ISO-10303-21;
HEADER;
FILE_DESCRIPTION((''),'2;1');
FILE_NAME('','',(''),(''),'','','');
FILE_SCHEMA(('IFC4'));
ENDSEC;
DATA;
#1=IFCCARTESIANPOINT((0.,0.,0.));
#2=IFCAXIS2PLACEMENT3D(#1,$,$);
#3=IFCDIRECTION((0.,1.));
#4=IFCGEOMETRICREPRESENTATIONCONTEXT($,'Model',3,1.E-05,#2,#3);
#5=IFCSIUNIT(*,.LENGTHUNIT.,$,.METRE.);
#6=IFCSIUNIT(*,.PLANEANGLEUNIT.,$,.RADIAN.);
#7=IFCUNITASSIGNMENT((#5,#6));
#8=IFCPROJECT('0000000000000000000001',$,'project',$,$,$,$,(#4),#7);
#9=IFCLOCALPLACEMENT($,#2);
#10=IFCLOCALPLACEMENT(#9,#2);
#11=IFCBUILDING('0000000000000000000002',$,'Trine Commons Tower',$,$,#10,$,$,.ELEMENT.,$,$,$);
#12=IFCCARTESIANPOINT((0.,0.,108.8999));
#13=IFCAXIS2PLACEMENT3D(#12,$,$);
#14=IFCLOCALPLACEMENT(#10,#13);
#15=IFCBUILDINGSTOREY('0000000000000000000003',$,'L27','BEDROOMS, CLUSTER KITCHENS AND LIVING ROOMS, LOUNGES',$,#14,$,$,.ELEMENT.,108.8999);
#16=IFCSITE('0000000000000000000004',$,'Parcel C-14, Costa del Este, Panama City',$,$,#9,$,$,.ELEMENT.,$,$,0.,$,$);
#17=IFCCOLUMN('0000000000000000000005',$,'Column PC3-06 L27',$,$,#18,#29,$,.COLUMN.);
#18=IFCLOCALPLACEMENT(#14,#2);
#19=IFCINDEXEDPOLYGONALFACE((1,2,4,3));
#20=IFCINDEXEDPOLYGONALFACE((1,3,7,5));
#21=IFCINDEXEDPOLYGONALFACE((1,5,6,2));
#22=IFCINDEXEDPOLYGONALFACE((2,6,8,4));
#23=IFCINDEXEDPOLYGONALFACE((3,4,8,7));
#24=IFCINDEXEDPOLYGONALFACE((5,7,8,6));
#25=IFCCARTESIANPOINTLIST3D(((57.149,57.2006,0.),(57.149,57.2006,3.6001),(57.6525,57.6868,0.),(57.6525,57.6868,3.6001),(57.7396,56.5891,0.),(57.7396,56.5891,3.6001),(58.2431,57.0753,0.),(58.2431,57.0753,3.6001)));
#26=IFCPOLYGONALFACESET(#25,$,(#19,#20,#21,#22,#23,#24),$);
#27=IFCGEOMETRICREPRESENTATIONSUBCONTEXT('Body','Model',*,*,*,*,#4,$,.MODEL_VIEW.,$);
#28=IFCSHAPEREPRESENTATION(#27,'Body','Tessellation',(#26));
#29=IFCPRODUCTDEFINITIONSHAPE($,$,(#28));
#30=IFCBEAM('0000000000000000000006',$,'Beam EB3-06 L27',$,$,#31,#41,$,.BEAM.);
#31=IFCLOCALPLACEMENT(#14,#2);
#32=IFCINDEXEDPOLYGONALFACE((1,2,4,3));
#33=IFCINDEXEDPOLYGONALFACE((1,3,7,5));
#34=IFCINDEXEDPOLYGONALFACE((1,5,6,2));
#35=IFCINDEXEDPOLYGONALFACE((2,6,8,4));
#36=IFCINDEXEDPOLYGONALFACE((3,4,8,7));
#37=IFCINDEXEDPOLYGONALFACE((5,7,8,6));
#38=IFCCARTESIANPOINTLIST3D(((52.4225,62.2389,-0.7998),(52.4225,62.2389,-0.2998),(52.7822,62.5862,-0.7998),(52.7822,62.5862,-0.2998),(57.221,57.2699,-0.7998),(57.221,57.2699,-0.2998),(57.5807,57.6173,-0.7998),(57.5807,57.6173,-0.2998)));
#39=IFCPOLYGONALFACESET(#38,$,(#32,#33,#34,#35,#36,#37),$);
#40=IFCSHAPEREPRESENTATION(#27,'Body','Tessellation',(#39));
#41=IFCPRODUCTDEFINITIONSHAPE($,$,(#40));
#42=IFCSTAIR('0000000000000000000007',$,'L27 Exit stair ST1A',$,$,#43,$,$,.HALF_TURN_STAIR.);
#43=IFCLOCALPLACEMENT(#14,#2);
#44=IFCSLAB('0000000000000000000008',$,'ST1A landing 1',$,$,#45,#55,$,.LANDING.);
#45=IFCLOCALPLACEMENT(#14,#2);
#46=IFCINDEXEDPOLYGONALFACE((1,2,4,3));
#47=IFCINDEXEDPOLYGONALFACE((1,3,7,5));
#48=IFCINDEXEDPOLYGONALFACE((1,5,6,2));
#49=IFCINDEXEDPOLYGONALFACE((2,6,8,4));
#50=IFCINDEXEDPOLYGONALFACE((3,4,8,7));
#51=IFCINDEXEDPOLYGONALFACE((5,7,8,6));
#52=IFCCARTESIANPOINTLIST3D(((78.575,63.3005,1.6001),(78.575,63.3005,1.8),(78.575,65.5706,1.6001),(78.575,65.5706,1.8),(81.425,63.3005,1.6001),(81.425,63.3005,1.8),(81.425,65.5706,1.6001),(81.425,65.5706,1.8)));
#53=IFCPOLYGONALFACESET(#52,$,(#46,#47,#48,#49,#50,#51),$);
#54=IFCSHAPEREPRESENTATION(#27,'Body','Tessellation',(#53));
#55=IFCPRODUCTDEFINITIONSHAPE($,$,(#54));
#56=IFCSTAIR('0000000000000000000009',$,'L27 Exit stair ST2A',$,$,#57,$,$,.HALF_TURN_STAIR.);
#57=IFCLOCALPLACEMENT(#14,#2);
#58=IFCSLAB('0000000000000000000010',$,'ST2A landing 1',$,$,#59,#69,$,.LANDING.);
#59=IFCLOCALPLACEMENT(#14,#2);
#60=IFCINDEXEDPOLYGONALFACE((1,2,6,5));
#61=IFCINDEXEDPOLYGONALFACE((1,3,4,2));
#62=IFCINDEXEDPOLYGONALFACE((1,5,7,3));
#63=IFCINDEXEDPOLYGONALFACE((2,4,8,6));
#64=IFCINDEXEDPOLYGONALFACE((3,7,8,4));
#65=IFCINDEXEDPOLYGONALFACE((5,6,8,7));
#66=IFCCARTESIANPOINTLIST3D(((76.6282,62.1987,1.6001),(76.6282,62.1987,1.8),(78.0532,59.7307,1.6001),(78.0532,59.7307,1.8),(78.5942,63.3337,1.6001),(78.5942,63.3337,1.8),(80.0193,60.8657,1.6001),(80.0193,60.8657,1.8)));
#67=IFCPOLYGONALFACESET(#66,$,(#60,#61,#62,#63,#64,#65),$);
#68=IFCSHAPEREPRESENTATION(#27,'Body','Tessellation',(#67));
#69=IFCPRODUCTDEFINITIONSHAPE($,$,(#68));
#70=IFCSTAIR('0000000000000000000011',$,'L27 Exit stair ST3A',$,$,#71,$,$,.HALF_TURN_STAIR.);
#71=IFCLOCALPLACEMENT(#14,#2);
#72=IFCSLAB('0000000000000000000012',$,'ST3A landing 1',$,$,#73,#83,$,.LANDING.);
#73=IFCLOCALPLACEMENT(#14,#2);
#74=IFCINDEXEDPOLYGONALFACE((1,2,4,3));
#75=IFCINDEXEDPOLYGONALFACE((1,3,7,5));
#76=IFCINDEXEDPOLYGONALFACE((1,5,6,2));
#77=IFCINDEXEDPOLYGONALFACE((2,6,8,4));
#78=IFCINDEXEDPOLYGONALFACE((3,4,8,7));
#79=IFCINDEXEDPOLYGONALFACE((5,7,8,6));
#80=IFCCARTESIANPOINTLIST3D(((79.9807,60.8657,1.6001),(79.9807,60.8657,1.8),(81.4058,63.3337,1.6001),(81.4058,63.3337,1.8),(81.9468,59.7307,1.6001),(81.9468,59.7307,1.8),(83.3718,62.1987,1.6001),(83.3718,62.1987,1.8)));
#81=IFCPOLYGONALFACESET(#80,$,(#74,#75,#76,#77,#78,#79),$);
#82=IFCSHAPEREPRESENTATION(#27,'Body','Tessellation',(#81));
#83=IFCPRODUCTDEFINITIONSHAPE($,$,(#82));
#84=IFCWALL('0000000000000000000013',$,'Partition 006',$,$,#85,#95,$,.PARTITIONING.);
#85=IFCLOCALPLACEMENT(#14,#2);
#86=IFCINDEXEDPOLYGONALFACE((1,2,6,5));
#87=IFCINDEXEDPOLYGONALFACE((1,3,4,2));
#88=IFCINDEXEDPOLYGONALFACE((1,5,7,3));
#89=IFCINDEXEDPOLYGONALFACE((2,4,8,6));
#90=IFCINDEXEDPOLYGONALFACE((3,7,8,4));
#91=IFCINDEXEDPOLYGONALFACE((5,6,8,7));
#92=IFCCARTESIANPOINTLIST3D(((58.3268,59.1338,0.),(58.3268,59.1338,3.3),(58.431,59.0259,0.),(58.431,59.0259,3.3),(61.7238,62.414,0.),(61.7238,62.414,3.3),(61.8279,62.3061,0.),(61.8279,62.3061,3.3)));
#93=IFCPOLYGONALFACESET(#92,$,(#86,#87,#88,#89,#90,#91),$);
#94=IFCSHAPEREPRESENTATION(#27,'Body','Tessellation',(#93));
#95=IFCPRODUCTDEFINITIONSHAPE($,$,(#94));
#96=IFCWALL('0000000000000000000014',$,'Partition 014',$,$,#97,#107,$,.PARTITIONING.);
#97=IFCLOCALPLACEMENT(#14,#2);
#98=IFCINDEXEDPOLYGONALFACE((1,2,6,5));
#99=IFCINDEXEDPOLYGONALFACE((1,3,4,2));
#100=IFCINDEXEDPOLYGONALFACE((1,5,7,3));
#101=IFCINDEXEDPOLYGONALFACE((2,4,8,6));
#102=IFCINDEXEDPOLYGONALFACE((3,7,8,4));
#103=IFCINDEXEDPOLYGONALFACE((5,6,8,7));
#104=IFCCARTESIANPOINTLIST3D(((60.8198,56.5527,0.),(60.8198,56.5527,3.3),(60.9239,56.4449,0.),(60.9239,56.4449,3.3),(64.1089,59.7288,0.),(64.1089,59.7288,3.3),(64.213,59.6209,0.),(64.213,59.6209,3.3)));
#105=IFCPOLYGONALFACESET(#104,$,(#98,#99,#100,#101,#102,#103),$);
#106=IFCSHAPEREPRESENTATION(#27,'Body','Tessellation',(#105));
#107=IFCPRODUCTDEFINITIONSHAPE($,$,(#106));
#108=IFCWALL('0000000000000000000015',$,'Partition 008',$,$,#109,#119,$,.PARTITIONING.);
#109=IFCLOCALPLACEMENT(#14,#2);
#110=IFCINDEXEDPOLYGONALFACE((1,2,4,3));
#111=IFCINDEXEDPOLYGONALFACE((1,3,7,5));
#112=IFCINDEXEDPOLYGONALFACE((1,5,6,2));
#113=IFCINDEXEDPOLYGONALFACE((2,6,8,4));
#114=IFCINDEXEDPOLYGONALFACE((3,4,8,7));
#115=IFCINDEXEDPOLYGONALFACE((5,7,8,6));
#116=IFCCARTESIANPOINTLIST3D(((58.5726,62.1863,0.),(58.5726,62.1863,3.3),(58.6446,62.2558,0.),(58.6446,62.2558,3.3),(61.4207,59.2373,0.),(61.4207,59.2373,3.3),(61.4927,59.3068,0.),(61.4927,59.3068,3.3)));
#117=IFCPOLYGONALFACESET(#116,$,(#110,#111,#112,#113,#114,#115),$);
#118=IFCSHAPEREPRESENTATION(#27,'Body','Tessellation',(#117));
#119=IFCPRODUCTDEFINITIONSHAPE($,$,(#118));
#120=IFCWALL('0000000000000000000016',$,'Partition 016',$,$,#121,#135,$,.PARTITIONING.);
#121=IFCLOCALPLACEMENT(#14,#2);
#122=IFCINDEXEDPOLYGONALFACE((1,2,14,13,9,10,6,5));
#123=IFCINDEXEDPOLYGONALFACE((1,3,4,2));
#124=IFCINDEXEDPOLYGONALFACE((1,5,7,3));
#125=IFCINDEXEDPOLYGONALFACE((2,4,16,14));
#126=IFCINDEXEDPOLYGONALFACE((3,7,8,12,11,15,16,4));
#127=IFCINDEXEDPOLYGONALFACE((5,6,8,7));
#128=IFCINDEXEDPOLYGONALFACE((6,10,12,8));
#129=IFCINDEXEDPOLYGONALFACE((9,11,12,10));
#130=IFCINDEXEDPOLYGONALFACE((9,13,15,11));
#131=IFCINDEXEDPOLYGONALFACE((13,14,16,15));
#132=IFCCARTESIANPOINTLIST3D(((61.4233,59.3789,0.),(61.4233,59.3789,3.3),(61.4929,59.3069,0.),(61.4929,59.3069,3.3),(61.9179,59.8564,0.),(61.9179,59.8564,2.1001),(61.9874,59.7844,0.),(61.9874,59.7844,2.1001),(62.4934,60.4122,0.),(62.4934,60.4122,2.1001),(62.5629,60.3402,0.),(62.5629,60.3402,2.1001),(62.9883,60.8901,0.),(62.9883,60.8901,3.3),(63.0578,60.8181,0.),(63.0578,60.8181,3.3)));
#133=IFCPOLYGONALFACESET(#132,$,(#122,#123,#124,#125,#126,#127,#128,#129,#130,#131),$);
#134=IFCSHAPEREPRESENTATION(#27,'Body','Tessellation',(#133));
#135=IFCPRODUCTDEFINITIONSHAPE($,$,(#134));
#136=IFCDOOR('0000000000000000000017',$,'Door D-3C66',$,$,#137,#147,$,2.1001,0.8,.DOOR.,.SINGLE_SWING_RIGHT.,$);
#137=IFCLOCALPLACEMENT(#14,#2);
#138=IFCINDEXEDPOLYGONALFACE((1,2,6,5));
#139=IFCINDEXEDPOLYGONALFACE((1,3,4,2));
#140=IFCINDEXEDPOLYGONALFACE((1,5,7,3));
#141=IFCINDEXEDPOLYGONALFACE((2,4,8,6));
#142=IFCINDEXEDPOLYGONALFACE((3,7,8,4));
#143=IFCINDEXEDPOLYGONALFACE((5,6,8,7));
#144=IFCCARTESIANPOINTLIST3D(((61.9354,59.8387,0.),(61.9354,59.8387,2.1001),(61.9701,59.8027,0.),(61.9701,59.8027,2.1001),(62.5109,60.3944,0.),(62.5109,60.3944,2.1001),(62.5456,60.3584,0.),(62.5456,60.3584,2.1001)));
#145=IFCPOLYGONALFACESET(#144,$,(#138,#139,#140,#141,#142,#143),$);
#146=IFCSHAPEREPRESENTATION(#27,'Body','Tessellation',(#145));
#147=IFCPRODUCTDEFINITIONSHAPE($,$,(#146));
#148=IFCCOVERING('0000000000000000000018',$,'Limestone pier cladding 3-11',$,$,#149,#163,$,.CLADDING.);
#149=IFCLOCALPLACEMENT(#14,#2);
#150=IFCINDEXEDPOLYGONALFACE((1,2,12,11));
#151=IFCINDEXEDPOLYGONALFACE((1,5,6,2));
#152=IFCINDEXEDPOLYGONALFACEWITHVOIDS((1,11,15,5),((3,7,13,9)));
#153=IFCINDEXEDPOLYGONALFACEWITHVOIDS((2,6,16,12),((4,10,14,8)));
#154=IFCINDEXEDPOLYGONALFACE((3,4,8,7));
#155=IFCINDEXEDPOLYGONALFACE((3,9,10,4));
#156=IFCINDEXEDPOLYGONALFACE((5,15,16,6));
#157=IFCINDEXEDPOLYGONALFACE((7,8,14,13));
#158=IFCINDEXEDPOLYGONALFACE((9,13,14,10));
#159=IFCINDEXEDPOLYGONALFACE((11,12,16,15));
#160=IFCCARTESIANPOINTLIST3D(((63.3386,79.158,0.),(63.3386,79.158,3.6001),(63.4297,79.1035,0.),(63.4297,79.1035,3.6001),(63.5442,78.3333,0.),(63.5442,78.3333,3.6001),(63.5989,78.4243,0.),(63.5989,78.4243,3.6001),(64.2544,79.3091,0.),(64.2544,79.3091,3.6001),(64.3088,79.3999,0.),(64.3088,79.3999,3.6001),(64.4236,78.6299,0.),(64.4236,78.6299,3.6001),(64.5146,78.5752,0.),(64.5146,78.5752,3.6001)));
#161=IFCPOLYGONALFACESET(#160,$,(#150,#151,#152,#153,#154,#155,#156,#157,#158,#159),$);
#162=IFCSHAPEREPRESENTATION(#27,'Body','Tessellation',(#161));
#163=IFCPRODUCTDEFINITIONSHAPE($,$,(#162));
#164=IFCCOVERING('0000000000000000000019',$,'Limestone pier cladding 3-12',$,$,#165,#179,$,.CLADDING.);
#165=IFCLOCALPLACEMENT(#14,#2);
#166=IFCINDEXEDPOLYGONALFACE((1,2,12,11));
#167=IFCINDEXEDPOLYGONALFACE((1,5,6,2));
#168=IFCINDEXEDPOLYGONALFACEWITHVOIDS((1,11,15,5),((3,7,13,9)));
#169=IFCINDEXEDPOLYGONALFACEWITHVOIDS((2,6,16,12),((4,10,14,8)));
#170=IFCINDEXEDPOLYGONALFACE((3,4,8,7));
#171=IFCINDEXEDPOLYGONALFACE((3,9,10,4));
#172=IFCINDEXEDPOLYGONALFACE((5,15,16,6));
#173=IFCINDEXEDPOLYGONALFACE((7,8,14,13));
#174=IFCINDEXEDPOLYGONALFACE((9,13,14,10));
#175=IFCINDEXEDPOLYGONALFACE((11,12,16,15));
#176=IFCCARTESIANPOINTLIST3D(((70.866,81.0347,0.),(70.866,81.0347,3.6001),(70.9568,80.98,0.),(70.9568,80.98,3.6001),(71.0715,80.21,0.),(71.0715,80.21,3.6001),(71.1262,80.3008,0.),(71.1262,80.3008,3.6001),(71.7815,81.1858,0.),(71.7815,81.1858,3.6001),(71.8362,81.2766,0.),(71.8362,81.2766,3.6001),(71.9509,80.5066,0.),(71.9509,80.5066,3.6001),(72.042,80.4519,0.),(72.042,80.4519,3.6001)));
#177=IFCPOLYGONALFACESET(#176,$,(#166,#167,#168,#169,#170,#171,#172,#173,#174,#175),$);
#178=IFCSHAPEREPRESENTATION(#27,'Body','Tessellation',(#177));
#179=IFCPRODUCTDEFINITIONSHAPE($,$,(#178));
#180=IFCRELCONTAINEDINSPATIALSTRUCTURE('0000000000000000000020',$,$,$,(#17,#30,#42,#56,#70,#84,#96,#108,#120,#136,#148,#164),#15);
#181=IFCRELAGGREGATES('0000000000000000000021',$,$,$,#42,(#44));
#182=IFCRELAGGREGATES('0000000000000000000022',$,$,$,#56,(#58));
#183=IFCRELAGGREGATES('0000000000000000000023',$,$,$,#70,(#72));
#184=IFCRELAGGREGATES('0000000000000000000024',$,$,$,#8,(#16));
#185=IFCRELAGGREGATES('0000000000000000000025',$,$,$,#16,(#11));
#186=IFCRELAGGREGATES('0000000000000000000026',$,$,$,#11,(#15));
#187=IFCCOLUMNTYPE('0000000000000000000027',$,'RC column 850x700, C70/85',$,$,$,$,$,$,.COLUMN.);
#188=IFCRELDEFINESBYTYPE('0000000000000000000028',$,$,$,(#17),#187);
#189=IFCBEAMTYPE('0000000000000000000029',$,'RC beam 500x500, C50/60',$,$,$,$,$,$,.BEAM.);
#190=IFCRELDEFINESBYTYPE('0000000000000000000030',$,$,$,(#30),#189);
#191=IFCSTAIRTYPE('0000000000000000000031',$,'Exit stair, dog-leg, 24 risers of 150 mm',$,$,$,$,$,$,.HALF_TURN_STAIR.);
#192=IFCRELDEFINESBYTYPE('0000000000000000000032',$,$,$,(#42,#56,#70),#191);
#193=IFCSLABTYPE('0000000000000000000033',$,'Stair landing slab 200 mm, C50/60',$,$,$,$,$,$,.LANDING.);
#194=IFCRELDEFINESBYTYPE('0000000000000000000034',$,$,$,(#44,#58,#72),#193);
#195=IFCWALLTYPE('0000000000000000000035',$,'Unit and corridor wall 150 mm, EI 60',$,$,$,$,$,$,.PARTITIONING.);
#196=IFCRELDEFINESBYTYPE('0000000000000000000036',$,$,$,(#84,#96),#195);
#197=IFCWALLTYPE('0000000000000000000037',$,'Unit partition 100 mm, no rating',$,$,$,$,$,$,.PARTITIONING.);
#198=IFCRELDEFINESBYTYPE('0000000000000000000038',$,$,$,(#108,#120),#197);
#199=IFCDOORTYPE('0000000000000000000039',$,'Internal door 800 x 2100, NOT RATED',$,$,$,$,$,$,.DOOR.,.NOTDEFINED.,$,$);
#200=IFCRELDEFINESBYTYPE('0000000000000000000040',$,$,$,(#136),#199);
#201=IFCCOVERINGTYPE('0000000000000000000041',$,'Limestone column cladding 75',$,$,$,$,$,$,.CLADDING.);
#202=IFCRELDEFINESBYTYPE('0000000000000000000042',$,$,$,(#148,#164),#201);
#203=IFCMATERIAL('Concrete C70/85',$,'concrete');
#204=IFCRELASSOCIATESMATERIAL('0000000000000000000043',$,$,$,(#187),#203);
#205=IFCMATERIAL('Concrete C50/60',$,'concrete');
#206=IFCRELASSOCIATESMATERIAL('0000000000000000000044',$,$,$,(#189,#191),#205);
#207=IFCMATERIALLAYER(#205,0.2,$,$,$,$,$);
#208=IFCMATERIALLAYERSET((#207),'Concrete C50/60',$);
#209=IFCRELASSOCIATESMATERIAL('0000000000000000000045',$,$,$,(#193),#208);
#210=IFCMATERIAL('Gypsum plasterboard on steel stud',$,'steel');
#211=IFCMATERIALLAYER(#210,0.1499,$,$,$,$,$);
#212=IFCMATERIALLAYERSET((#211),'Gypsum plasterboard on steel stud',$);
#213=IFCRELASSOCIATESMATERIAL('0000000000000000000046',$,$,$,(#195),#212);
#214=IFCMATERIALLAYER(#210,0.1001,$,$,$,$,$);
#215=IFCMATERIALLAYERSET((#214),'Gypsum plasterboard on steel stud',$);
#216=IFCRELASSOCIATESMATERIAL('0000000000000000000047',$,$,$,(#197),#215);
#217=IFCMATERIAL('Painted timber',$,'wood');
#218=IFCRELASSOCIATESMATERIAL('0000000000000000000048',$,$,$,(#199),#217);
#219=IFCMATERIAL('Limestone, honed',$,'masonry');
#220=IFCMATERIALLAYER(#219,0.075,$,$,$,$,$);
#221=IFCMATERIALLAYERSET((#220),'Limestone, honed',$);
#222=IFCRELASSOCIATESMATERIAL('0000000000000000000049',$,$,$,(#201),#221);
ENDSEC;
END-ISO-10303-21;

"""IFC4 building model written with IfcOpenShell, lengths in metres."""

from ifc_helpers import new_model, si_unit, direction, frame, frame_2d, origin, origin_2d, place, context, subcontext, project, spatial, polyline, rectangle, outline, extrude, material, layer, layer_set, material_profile, profile_set, type_object, element, fill, aggregate, save


model = new_model("IFC4")

# Units and contexts
model_context = context("Model", 3, precision=1e-05, world=origin(), true_north=direction((0.0, 1.0)))
body_context = subcontext(model_context, "Body", "Model", "MODEL_VIEW")
ifc_project = project(units=[si_unit("LENGTHUNIT", "METRE"), si_unit("PLANEANGLEUNIT", "RADIAN")], contexts=[model_context])

# Site, building, storey
site_placement = place(None, origin())
site = spatial("IfcSite", under=ifc_project, at=site_placement, Name="Parcel C-14, Costa del Este, Panama City", CompositionType="ELEMENT", RefElevation=0.0)
building_placement = place(site_placement, origin())
building = spatial("IfcBuilding", under=site, at=building_placement, Name="Trine Commons Tower", CompositionType="ELEMENT")
storey_placement = place(building_placement, frame((0.0, 0.0, 108.8999)))
storey = spatial("IfcBuildingStorey", under=building, at=storey_placement, Name="L27", Description="BEDROOMS, CLUSTER KITCHENS AND LIVING ROOMS, LOUNGES", CompositionType="ELEMENT", Elevation=108.8999)

# Column
ifc_material_1 = material(Name="Concrete C70/85", Category="concrete")
ifc_material_profile_1 = material_profile(ifc_material_1, rectangle(XDim=0.8501, YDim=0.7, at=origin_2d()), Name="RC 850x700")
ifc_profile_set_1 = profile_set([ifc_material_profile_1], Name="Concrete C70/85")
column_type = type_object("IfcColumnType", Name="RC column 850x700, C70/85", PredefinedType="COLUMN", material=ifc_profile_set_1)
column_placement = place(storey_placement, frame((57.696, 57.1379, 0.0), z_axis=(0.0, 0.0, 1.0), x_axis=(-0.694658, 0.71934, 0.0)))
element("IfcColumn", 1, at=column_placement, inside=storey, type_object=column_type, Name="Column PC3-06 L27", PredefinedType="COLUMN", context=body_context, shape_type="SweptSolid", body=[
    extrude(rectangle(XDim=0.8501, YDim=0.7, at=origin_2d()), origin(), (0.0, 0.0, 1.0), 3.6001),
])

# Beam
ifc_material_2 = material(Name="Concrete C50/60", Category="concrete")
ifc_material_profile_2 = material_profile(ifc_material_2, rectangle(XDim=0.5, YDim=0.5, at=origin_2d()), Name="RC 500x500")
ifc_profile_set_2 = profile_set([ifc_material_profile_2], Name="Concrete C50/60")
beam_type = type_object("IfcBeamType", Name="RC beam 500x500, C50/60", PredefinedType="BEAM", material=ifc_profile_set_2)
beam_placement = place(storey_placement, frame((57.4009, 57.4436, -0.5498), z_axis=(-0.694665, 0.719334, 0.0), x_axis=(-0.719334, -0.694665, 0.0)))
element("IfcBeam", 2, at=beam_placement, inside=storey, type_object=beam_type, Name="Beam EB3-06 L27", PredefinedType="BEAM", context=body_context, shape_type="SweptSolid", body=[
    extrude(rectangle(XDim=0.5, YDim=0.5, at=origin_2d()), origin(), (0.0, 0.0, 1.0), 6.9077),
])

# Stairs, slabs
stair_type = type_object("IfcStairType", Name="Exit stair, dog-leg, 24 risers of 150 mm", PredefinedType="HALF_TURN_STAIR", material=ifc_material_2)
stair_1_placement = place(storey_placement, origin())
stair_1 = element("IfcStair", 3, at=stair_1_placement, inside=storey, type_object=stair_type, Name="L27 Exit stair ST1A", PredefinedType="HALF_TURN_STAIR")
ifc_layer_1 = layer(ifc_material_2, 0.2)
ifc_layer_set_1 = layer_set([ifc_layer_1], Name="Concrete C50/60")
slab_type = type_object("IfcSlabType", Name="Stair landing slab 200 mm, C50/60", PredefinedType="LANDING", material=ifc_layer_set_1)
slab_1_placement = place(storey_placement, frame((0.0, 0.0, 1.6001)))
slab_1 = element("IfcSlab", 4, at=slab_1_placement, type_object=slab_type, Name="ST1A landing 1", PredefinedType="LANDING", context=body_context, shape_type="SweptSolid", body=[
    extrude(outline(polyline([(78.575, 65.5706), (78.575, 63.3005), (81.425, 63.3005), (81.425, 65.5706), (78.575, 65.5706)])), origin(), (0.0, 0.0, 1.0), 0.2),
])
aggregate(stair_1, [slab_1])
stair_2_placement = place(storey_placement, origin())
stair_2 = element("IfcStair", 5, at=stair_2_placement, inside=storey, type_object=stair_type, Name="L27 Exit stair ST2A", PredefinedType="HALF_TURN_STAIR")
slab_2_placement = place(storey_placement, frame((0.0, 0.0, 1.6001)))
slab_2 = element("IfcSlab", 6, at=slab_2_placement, type_object=slab_type, Name="ST2A landing 1", PredefinedType="LANDING", context=body_context, shape_type="SweptSolid", body=[
    extrude(outline(polyline([(78.0532, 59.7307), (80.0193, 60.8657), (78.5942, 63.3337), (76.6282, 62.1987), (78.0532, 59.7307)])), origin(), (0.0, 0.0, 1.0), 0.2),
])
aggregate(stair_2, [slab_2])
stair_3_placement = place(storey_placement, origin())
stair_3 = element("IfcStair", 7, at=stair_3_placement, inside=storey, type_object=stair_type, Name="L27 Exit stair ST3A", PredefinedType="HALF_TURN_STAIR")
slab_3_placement = place(storey_placement, frame((0.0, 0.0, 1.6001)))
slab_3 = element("IfcSlab", 8, at=slab_3_placement, type_object=slab_type, Name="ST3A landing 1", PredefinedType="LANDING", context=body_context, shape_type="SweptSolid", body=[
    extrude(outline(polyline([(83.3718, 62.1987), (81.4058, 63.3337), (79.9807, 60.8657), (81.9468, 59.7307), (83.3718, 62.1987)])), origin(), (0.0, 0.0, 1.0), 0.2),
])
aggregate(stair_3, [slab_3])

# Walls
ifc_material_3 = material(Name="Gypsum plasterboard on steel stud", Category="steel")
ifc_layer_2 = layer(ifc_material_3, 0.1499)
ifc_layer_set_2 = layer_set([ifc_layer_2], Name="Gypsum plasterboard on steel stud")
wall_type_1 = type_object("IfcWallType", Name="Unit and corridor wall 150 mm, EI 60", PredefinedType="PARTITIONING", material=ifc_layer_set_2)
wall_1_placement = place(storey_placement, frame((58.3789, 59.0798, 0.0), z_axis=(0.0, 0.0, 1.0), x_axis=(0.719355, 0.694642, 0.0)))
element("IfcWall", 9, at=wall_1_placement, inside=storey, type_object=wall_type_1, Name="Partition 006", PredefinedType="PARTITIONING", context=body_context, shape_type="SweptSolid", body=[
    extrude(rectangle(XDim=4.7222, YDim=0.1499, at=frame_2d((2.3611, 0.0))), origin(), (0.0, 0.0, 1.0), 3.3),
])
wall_2_placement = place(storey_placement, frame((60.8718, 56.4988, 0.0), z_axis=(0.0, 0.0, 1.0), x_axis=(0.71936, 0.694637, 0.0)))
element("IfcWall", 10, at=wall_2_placement, inside=storey, type_object=wall_type_1, Name="Partition 014", PredefinedType="PARTITIONING", context=body_context, shape_type="SweptSolid", body=[
    extrude(rectangle(XDim=4.5723, YDim=0.1499, at=frame_2d((2.2861, 0.0))), origin(), (0.0, 0.0, 1.0), 3.3),
])
ifc_layer_3 = layer(ifc_material_3, 0.1001)
ifc_layer_set_3 = layer_set([ifc_layer_3], Name="Gypsum plasterboard on steel stud")
wall_type_2 = type_object("IfcWallType", Name="Unit partition 100 mm, no rating", PredefinedType="PARTITIONING", material=ifc_layer_set_3)
wall_3_placement = place(storey_placement, frame((58.6086, 62.2209, 0.0), z_axis=(0.0, 0.0, 1.0), x_axis=(0.694703, -0.719297, 0.0)))
element("IfcWall", 11, at=wall_3_placement, inside=storey, type_object=wall_type_2, Name="Partition 008", PredefinedType="PARTITIONING", context=body_context, shape_type="SweptSolid", body=[
    extrude(rectangle(XDim=4.0999, YDim=0.1001, at=frame_2d((2.0498, 0.0))), origin(), (0.0, 0.0, 1.0), 3.3),
])

# Wall, opening, door
wall_4_placement = place(storey_placement, frame((61.458, 59.3428, 0.0), z_axis=(0.0, 0.0, 1.0), x_axis=(0.719343, 0.694655, 0.0)))
wall_4 = element("IfcWall", 12, at=wall_4_placement, inside=storey, type_object=wall_type_2, Name="Partition 016", PredefinedType="PARTITIONING", context=body_context, shape_type="SweptSolid", body=[
    extrude(rectangle(XDim=2.1755, YDim=0.1001, at=frame_2d((1.0879, 0.0))), origin(), (0.0, 0.0, 1.0), 3.3),
])
opening_placement = place(wall_4_placement, frame((0.6877, 0.0, 0.0)))
opening = element("IfcOpeningElement", 13, at=opening_placement, cuts=wall_4, PredefinedType="OPENING", context=body_context, shape_type="SweptSolid", body=[
    extrude(rectangle(XDim=0.8, YDim=2.1001, at=frame_2d((0.3999, 1.05))), frame((0.0, 0.0601, 0.0), z_axis=(0.0, -1.0, 0.0), x_axis=(1.0, 0.0, 0.0)), (0.0, 0.0, 1.0), 0.1201),
])
ifc_material_4 = material(Name="Painted timber", Category="wood")
door_type = type_object("IfcDoorType", Name="Internal door 800 x 2100, NOT RATED", OperationType="NOTDEFINED", PredefinedType="DOOR", material=ifc_material_4)
door_placement = place(opening_placement, frame((0.8, 0.0, 0.0), z_axis=(0.0, 0.0, 1.0), x_axis=(-1.0, 0.0, 0.0)))
door = element("IfcDoor", 14, at=door_placement, inside=storey, type_object=door_type, Name="Door D-3C66", OperationType="SINGLE_SWING_RIGHT", OverallHeight=2.1001, OverallWidth=0.8, PredefinedType="DOOR", context=body_context, shape_type="SweptSolid", body=[
    extrude(rectangle(XDim=0.8, YDim=2.1001, at=frame_2d((0.3999, 1.05))), frame((0.0, 0.0249, 0.0), z_axis=(0.0, -1.0, 0.0), x_axis=(1.0, 0.0, 0.0)), (0.0, 0.0, 1.0), 0.05),
])
fill(opening, door)

# Coverings
ifc_material_5 = material(Name="Limestone, honed", Category="masonry")
ifc_layer_4 = layer(ifc_material_5, 0.075)
ifc_layer_set_4 = layer_set([ifc_layer_4], Name="Limestone, honed")
covering_type_1 = type_object("IfcCoveringType", Name="Limestone column cladding 75", PredefinedType="CLADDING", material=ifc_layer_set_4)
covering_1_placement = place(storey_placement, origin())
element("IfcCovering", 15, at=covering_1_placement, inside=storey, type_object=covering_type_1, Name="Limestone pier cladding 3-11", PredefinedType="CLADDING", context=body_context, shape_type="SweptSolid", body=[
    extrude(outline(polyline([(64.5146, 78.5752), (64.3088, 79.3999), (63.3386, 79.158), (63.5442, 78.3333), (64.5146, 78.5752)]), holes=[polyline([(64.4236, 78.6299), (64.2544, 79.3091), (63.4297, 79.1035), (63.5989, 78.4243), (64.4236, 78.6299)])]), origin(), (0.0, 0.0, 1.0), 3.6001),
])
covering_2_placement = place(storey_placement, origin())
element("IfcCovering", 16, at=covering_2_placement, inside=storey, type_object=covering_type_1, Name="Limestone pier cladding 3-12", PredefinedType="CLADDING", context=body_context, shape_type="SweptSolid", body=[
    extrude(outline(polyline([(72.042, 80.4519), (71.8362, 81.2766), (70.866, 81.0347), (71.0715, 80.21), (72.042, 80.4519)]), holes=[polyline([(71.9509, 80.5066), (71.7815, 81.1858), (70.9568, 80.98), (71.1262, 80.3008), (71.9509, 80.5066)])]), origin(), (0.0, 0.0, 1.0), 3.6001),
])

save(model, "model.ifc")
